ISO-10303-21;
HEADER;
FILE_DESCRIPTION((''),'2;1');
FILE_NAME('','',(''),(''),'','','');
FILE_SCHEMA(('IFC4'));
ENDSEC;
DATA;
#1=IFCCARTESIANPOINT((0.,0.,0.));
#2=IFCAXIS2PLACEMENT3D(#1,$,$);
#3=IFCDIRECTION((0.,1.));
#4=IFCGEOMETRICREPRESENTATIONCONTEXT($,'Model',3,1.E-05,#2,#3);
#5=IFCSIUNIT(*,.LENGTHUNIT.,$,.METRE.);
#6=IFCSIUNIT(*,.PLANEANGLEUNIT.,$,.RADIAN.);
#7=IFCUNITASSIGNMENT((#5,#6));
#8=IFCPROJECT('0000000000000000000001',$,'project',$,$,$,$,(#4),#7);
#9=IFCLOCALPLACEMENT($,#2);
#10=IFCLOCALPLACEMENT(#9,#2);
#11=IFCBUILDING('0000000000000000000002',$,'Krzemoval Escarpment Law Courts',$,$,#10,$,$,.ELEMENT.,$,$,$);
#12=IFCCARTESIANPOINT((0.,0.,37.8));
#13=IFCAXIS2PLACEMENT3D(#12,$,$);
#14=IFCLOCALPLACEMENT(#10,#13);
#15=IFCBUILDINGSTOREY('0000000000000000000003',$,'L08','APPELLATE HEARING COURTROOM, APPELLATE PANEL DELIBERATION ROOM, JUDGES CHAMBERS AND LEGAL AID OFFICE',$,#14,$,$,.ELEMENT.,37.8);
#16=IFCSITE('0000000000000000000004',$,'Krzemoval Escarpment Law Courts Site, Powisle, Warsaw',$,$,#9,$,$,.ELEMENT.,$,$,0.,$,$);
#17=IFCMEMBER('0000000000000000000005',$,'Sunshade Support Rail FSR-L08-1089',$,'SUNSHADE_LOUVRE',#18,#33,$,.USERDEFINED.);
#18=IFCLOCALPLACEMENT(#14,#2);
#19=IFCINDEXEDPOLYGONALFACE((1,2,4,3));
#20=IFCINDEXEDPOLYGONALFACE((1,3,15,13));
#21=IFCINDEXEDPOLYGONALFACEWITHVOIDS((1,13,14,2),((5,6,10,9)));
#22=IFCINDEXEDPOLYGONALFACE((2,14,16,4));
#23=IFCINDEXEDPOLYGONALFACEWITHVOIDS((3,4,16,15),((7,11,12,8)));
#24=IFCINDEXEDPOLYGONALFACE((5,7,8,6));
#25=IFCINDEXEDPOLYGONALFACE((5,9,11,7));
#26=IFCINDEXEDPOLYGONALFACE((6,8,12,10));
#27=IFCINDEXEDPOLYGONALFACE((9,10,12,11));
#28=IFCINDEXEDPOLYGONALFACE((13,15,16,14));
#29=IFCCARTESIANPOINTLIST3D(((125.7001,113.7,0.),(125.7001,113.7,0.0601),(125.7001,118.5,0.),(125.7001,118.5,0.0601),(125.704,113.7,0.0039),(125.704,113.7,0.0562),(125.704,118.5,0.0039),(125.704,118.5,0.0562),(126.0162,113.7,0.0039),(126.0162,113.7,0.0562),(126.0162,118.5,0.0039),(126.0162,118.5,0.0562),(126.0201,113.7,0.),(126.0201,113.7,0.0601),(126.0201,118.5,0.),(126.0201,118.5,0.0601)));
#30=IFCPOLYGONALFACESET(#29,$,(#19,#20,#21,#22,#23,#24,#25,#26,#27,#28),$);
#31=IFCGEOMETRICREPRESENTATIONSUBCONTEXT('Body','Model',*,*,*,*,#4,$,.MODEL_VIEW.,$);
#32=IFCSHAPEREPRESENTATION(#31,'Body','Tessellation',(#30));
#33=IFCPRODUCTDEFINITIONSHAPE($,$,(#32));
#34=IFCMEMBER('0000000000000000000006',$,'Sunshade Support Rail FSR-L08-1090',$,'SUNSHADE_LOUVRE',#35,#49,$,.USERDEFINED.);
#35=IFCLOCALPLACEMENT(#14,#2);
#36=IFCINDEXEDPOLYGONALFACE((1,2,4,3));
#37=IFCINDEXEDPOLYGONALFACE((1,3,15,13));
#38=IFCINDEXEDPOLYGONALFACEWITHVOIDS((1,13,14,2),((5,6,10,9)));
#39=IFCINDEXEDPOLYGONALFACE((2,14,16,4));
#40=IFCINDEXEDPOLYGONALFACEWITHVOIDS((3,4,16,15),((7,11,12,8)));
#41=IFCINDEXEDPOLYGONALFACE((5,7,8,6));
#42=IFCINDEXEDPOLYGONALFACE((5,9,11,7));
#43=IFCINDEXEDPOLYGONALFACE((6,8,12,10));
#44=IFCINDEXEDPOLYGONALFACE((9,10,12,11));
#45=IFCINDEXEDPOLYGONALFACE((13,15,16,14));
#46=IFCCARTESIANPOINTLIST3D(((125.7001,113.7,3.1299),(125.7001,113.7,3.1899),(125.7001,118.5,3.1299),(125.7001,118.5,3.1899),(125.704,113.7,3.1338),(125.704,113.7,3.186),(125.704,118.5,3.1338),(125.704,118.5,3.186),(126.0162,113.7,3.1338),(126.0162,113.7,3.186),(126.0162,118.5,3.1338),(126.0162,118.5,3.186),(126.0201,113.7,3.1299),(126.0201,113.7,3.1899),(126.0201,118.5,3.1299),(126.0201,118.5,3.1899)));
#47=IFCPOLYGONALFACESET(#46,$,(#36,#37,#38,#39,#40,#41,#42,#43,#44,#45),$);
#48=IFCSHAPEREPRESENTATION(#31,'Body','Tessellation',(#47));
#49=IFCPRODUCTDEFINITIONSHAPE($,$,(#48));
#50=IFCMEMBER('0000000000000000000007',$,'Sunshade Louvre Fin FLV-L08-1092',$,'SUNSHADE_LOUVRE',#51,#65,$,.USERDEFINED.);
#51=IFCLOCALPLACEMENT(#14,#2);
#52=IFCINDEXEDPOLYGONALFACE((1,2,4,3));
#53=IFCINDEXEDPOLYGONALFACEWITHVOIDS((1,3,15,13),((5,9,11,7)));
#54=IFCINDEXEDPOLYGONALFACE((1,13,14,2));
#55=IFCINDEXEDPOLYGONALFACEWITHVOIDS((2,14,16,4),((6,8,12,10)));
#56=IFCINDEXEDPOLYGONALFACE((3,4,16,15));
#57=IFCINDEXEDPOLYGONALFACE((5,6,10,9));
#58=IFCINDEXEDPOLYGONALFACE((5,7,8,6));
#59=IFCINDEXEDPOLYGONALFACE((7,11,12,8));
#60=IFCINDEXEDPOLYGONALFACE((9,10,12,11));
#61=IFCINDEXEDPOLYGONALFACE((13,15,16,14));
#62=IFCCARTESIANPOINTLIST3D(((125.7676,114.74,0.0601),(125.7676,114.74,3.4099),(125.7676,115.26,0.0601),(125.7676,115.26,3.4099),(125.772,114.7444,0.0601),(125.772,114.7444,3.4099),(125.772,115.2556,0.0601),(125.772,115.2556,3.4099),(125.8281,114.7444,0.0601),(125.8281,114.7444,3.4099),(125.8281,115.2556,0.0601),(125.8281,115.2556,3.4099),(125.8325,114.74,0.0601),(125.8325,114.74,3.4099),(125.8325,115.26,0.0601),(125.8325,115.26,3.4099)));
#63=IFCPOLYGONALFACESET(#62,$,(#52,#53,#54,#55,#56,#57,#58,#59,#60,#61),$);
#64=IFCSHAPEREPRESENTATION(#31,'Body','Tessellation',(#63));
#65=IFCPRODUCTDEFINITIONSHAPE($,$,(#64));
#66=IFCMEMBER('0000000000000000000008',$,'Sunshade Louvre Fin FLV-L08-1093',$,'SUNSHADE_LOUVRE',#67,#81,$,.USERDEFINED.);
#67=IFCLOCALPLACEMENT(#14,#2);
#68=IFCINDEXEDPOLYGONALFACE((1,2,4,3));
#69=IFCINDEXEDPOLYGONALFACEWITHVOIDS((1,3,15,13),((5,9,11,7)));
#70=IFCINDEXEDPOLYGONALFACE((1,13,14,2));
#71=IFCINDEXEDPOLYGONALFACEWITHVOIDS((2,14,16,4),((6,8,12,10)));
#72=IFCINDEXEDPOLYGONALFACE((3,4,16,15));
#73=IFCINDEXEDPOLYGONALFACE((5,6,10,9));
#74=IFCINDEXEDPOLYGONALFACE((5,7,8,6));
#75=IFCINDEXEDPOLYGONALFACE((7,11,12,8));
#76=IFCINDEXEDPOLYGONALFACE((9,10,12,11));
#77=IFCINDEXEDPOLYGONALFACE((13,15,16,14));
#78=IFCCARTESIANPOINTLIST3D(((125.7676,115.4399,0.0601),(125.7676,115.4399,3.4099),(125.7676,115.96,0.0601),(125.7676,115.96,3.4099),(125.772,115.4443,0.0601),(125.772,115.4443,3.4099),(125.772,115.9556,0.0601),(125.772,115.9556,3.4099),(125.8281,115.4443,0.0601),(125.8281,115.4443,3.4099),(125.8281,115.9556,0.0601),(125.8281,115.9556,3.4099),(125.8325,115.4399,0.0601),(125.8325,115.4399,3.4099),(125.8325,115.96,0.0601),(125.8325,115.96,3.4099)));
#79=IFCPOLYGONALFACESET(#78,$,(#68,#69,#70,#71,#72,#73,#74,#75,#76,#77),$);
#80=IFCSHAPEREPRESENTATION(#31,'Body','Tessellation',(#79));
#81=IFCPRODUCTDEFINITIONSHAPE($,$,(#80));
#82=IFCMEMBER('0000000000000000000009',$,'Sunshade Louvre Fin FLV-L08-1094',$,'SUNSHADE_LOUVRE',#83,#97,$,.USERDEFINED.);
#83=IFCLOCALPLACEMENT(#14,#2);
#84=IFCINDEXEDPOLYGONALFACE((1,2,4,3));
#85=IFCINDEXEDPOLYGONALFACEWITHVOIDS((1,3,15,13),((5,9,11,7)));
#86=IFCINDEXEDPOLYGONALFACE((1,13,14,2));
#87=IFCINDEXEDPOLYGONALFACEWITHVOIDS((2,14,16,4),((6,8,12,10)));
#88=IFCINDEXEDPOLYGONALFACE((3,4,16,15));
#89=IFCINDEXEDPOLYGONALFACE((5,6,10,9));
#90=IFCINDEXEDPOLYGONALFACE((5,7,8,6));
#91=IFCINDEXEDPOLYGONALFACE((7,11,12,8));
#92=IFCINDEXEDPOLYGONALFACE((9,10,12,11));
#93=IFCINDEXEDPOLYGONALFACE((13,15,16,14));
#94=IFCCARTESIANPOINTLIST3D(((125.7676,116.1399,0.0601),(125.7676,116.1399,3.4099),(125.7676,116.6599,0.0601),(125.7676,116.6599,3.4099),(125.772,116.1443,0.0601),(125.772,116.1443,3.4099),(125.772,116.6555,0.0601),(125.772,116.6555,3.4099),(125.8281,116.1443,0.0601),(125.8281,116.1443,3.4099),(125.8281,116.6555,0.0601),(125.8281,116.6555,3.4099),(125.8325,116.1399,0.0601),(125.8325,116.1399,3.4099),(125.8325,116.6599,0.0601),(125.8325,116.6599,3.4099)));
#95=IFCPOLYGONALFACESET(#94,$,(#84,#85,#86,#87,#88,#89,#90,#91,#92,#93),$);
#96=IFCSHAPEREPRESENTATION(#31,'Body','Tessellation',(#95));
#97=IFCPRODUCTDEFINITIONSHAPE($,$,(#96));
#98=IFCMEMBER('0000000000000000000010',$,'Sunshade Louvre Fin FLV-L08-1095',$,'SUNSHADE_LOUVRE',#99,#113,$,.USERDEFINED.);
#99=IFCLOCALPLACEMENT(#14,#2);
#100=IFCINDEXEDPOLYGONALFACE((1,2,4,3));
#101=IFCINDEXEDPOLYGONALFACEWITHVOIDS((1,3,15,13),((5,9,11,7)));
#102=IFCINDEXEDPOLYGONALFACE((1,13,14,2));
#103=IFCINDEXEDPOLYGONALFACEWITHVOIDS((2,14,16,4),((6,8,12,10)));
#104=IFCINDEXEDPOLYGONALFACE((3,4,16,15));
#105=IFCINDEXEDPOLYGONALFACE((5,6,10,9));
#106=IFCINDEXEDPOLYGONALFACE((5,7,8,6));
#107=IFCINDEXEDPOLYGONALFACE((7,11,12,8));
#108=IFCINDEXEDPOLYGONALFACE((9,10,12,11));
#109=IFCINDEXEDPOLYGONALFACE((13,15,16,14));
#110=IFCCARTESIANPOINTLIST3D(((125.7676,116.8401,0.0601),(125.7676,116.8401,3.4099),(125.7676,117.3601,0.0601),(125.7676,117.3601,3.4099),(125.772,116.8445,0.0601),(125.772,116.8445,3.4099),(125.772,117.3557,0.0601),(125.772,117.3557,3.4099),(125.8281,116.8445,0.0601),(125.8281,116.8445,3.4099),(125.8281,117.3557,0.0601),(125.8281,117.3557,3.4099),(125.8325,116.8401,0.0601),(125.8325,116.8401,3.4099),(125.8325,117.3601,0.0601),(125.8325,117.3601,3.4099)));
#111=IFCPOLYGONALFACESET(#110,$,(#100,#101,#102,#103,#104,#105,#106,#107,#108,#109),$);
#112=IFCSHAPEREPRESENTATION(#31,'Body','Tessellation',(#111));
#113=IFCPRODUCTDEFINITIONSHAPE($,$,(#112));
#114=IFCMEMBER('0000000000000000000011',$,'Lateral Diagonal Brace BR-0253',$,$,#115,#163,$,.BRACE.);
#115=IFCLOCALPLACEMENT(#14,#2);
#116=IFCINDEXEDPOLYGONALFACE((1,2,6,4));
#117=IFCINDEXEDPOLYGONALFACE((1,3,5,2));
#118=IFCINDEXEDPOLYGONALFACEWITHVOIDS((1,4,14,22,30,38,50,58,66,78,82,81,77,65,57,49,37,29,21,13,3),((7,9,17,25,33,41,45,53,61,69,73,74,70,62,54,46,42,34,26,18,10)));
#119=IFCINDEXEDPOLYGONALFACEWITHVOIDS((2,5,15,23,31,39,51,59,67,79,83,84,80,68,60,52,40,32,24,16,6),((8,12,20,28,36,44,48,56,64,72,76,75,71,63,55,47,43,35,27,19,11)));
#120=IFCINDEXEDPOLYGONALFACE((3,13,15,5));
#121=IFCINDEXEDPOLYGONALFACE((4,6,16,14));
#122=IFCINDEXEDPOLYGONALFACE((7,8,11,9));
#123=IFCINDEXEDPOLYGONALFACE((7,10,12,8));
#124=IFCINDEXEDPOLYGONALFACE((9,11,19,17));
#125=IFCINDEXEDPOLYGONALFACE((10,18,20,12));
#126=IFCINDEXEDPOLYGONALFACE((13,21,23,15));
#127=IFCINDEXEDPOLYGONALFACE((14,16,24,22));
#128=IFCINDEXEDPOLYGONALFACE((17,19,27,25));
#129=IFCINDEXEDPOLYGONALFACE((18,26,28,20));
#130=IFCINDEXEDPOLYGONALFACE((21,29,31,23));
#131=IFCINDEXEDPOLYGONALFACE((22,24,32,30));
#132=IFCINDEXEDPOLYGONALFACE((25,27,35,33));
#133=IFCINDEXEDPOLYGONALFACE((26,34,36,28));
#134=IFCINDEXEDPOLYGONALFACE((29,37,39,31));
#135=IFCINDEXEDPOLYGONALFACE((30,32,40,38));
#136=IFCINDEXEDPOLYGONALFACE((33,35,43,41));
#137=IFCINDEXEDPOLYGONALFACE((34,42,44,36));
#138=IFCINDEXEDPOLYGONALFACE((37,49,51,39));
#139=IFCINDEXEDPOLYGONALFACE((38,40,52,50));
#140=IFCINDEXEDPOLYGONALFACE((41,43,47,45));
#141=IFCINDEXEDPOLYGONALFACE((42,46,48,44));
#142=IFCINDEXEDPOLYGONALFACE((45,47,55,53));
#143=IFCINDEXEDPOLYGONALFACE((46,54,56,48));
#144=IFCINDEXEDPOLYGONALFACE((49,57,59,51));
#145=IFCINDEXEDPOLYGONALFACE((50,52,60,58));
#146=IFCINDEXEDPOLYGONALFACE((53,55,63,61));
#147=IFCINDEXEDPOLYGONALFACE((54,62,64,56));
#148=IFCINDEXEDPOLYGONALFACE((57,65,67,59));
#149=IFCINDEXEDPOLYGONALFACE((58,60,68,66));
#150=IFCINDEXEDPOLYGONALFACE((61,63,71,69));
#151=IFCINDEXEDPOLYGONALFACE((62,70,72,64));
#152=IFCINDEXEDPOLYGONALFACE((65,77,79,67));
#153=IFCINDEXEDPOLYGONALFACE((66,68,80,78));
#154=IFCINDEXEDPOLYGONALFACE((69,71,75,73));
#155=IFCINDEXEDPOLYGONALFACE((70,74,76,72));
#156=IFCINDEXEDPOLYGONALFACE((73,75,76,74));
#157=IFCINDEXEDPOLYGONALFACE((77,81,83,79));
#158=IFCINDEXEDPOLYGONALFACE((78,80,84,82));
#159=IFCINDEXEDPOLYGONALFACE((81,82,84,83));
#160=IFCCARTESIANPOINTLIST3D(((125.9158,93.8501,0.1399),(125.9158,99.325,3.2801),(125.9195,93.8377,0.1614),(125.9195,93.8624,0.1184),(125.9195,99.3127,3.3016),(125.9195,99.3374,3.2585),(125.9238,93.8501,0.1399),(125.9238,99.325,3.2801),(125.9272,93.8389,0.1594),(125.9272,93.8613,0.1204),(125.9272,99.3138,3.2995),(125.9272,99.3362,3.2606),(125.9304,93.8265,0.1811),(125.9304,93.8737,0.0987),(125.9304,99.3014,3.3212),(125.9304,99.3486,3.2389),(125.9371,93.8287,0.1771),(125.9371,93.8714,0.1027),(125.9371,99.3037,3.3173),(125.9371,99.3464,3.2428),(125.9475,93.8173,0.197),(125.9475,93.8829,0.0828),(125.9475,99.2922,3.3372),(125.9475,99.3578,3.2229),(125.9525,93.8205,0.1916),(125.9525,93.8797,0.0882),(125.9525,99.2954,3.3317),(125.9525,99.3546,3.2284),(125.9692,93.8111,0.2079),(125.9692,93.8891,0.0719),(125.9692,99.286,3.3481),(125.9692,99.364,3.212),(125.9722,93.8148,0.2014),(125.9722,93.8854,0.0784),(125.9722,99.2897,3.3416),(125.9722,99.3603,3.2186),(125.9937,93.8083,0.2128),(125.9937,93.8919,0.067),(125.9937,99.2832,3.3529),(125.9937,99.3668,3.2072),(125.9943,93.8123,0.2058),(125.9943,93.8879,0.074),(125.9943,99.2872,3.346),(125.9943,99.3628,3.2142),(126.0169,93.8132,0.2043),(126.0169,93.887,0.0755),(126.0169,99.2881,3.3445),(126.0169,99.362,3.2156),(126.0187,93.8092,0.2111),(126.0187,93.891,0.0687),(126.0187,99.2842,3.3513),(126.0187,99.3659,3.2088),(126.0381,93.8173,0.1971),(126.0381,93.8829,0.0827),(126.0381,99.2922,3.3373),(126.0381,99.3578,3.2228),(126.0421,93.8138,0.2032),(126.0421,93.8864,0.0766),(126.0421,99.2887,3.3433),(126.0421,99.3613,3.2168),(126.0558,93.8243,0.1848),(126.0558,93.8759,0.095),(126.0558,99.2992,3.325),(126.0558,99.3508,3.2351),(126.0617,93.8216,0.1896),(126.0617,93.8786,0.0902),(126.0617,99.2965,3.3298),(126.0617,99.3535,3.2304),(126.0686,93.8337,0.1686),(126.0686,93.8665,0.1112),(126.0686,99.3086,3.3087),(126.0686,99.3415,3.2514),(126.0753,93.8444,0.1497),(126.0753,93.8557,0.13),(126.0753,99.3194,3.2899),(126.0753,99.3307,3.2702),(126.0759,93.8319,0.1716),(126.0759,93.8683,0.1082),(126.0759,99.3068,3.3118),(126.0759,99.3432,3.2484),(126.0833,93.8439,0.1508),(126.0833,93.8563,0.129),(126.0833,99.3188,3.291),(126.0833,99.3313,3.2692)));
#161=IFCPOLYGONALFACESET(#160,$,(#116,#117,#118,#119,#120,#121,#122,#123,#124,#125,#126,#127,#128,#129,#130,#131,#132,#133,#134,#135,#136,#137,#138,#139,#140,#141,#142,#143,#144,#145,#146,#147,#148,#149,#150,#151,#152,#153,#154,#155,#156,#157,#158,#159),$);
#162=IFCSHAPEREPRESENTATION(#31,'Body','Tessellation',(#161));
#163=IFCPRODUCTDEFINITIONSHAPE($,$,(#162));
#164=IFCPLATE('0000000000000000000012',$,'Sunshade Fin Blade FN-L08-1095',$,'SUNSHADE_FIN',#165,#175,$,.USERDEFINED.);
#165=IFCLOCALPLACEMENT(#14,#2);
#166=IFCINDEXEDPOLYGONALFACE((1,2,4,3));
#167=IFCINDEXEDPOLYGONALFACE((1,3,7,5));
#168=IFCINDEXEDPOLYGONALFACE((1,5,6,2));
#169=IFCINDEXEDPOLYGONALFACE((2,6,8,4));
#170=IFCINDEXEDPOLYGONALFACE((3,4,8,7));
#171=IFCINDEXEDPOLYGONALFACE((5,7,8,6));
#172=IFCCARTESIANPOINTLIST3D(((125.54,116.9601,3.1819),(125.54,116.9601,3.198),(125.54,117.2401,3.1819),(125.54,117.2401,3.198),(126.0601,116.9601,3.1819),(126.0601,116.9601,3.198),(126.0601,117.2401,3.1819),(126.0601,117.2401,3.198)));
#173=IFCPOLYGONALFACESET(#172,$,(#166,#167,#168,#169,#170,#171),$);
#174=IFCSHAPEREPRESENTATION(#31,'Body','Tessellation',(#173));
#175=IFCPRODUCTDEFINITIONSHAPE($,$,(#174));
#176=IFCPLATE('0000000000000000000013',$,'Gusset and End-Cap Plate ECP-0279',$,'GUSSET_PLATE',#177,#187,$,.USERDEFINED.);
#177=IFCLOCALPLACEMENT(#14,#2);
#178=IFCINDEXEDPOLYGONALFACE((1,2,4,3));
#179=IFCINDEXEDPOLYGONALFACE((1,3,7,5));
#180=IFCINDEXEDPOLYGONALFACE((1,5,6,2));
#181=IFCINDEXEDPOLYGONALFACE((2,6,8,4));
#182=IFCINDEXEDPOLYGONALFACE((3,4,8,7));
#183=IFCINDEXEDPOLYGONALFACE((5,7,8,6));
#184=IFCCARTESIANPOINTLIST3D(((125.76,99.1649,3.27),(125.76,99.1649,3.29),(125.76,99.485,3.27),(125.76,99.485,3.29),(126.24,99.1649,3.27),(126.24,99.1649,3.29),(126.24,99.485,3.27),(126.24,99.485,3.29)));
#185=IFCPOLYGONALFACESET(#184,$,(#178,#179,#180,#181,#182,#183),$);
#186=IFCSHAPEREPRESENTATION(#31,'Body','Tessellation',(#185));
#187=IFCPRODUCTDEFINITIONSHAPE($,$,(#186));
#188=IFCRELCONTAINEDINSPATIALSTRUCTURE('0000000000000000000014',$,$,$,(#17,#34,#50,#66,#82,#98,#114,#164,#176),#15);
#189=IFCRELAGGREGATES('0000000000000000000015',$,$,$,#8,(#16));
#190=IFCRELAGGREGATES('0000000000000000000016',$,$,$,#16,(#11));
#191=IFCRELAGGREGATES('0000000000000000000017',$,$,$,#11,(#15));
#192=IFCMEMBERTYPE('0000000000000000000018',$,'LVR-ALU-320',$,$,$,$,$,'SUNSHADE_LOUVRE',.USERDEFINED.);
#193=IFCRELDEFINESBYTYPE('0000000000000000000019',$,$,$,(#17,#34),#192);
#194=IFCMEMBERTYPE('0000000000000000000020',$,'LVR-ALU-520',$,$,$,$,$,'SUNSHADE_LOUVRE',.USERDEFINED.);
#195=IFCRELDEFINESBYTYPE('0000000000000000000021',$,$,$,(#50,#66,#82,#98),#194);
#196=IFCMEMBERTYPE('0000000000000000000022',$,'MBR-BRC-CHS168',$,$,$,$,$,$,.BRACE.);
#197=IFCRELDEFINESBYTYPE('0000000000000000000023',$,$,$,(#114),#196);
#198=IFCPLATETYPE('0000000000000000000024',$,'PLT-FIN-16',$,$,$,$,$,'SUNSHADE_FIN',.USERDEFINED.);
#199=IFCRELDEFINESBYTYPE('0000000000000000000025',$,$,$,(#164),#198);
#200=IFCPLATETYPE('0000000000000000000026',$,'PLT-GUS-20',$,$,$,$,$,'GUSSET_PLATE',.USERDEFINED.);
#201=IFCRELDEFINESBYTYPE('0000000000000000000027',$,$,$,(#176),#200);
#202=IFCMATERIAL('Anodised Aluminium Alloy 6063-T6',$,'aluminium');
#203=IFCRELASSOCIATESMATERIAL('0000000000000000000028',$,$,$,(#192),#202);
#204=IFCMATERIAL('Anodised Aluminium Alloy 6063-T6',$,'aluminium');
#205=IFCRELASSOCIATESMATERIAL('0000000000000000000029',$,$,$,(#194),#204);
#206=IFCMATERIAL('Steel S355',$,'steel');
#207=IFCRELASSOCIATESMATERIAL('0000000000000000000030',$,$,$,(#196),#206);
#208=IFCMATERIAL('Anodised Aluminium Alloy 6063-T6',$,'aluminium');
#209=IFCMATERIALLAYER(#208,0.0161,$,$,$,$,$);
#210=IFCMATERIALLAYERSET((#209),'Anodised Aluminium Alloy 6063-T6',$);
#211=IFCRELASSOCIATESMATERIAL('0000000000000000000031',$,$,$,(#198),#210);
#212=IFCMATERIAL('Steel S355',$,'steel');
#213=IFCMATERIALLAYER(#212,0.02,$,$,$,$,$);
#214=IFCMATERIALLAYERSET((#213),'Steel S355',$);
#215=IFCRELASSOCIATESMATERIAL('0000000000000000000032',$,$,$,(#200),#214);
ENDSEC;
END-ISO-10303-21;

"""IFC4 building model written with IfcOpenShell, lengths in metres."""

from ifc_helpers import new_model, si_unit, direction, frame, origin, origin_2d, place, context, subcontext, project, spatial, rectangle, hollow_rectangle, hollow_circle, extrude, material, layer, layer_set, material_profile, profile_set, type_object, element, save


model = new_model("IFC4")

# Units and contexts
model_context = context("Model", 3, precision=1e-05, world=origin(), true_north=direction((0.0, 1.0)))
body_context = subcontext(model_context, "Body", "Model", "MODEL_VIEW")
ifc_project = project(units=[si_unit("LENGTHUNIT", "METRE"), si_unit("PLANEANGLEUNIT", "RADIAN")], contexts=[model_context])

# Site, building, storey
site_placement = place(None, origin())
site = spatial("IfcSite", under=ifc_project, at=site_placement, Name="Krzemoval Escarpment Law Courts Site, Powisle, Warsaw", CompositionType="ELEMENT", RefElevation=0.0)
building_placement = place(site_placement, origin())
building = spatial("IfcBuilding", under=site, at=building_placement, Name="Krzemoval Escarpment Law Courts", CompositionType="ELEMENT")
storey_placement = place(building_placement, frame((0.0, 0.0, 37.8)))
storey = spatial("IfcBuildingStorey", under=building, at=storey_placement, Name="L08", Description="APPELLATE HEARING COURTROOM, APPELLATE PANEL DELIBERATION ROOM, JUDGES CHAMBERS AND LEGAL AID OFFICE", CompositionType="ELEMENT", Elevation=37.8)

# Members
ifc_material_1 = material(Name="Anodised Aluminium Alloy 6063-T6", Category="aluminium")
ifc_material_profile_1 = material_profile(ifc_material_1, hollow_rectangle(XDim=0.0601, YDim=0.3201, WallThickness=0.0039, at=origin_2d()), Name="ALU LVR 60x320")
ifc_profile_set_1 = profile_set([ifc_material_profile_1], Name="Anodised Aluminium Alloy 6063-T6")
member_type_1 = type_object("IfcMemberType", Name="LVR-ALU-320", ElementType="SUNSHADE_LOUVRE", PredefinedType="USERDEFINED", material=ifc_profile_set_1)
for number, where, z_axis, x_axis, name in (
    (1, (125.8601, 113.7, 0.03), (0.0, 1.0, 0.0), (0.0, 0.0, 1.0), "Sunshade Support Rail FSR-L08-1089"),
    (2, (125.8601, 113.7, 3.1599), (0.0, 1.0, 0.0), (0.0, 0.0, 1.0), "Sunshade Support Rail FSR-L08-1090"),
):
    element("IfcMember", number, at=place(storey_placement, frame(where, z_axis=z_axis, x_axis=x_axis)), inside=storey, type_object=member_type_1, Name=name, ObjectType="SUNSHADE_LOUVRE", PredefinedType="USERDEFINED", context=body_context, shape_type="SweptSolid", body=[
        extrude(hollow_rectangle(XDim=0.0601, YDim=0.3201, WallThickness=0.0039, at=origin_2d()), origin(), (0.0, 0.0, 1.0), 4.8),
    ])
ifc_material_2 = material(Name="Anodised Aluminium Alloy 6063-T6", Category="aluminium")
ifc_material_profile_2 = material_profile(ifc_material_2, hollow_rectangle(XDim=0.0649, YDim=0.52, WallThickness=0.0044, at=origin_2d()), Name="ALU LVR 65x520")
ifc_profile_set_2 = profile_set([ifc_material_profile_2], Name="Anodised Aluminium Alloy 6063-T6")
member_type_2 = type_object("IfcMemberType", Name="LVR-ALU-520", ElementType="SUNSHADE_LOUVRE", PredefinedType="USERDEFINED", material=ifc_profile_set_2)
for number, where, z_axis, x_axis, name in (
    (3, (125.8, 115.0, 0.0601), (0.0, 0.0, 1.0), (1.0, 0.0, 0.0), "Sunshade Louvre Fin FLV-L08-1092"),
    (4, (125.8, 115.7, 0.0601), (0.0, 0.0, 1.0), (1.0, 0.0, 0.0), "Sunshade Louvre Fin FLV-L08-1093"),
    (5, (125.8, 116.3999, 0.0601), (0.0, 0.0, 1.0), (1.0, 0.0, 0.0), "Sunshade Louvre Fin FLV-L08-1094"),
    (6, (125.8, 117.1001, 0.0601), (0.0, 0.0, 1.0), (1.0, 0.0, 0.0), "Sunshade Louvre Fin FLV-L08-1095"),
):
    element("IfcMember", number, at=place(storey_placement, frame(where, z_axis=z_axis, x_axis=x_axis)), inside=storey, type_object=member_type_2, Name=name, ObjectType="SUNSHADE_LOUVRE", PredefinedType="USERDEFINED", context=body_context, shape_type="SweptSolid", body=[
        extrude(hollow_rectangle(XDim=0.0649, YDim=0.52, WallThickness=0.0044, at=origin_2d()), origin(), (0.0, 0.0, 1.0), 3.3499),
    ])
ifc_material_3 = material(Name="Steel S355", Category="steel")
ifc_material_profile_3 = material_profile(ifc_material_3, hollow_circle(Radius=0.0842, WallThickness=0.0081, at=origin_2d()), Name="CHS 168.3x8")
ifc_profile_set_3 = profile_set([ifc_material_profile_3], Name="Steel S355")
member_type_3 = type_object("IfcMemberType", Name="MBR-BRC-CHS168", PredefinedType="BRACE", material=ifc_profile_set_3)
member_1_placement = place(storey_placement, frame((126.0, 93.8501, 0.1399), z_axis=(0.0, 0.867447, 0.49753), x_axis=(-1.0, 0.0, 0.0)))
element("IfcMember", 7, at=member_1_placement, inside=storey, type_object=member_type_3, Name="Lateral Diagonal Brace BR-0253", PredefinedType="BRACE", context=body_context, shape_type="SweptSolid", body=[
    extrude(hollow_circle(Radius=0.0842, WallThickness=0.0081, at=origin_2d()), origin(), (0.0, 0.0, 1.0), 6.3115),
])

# Plates
ifc_material_4 = material(Name="Anodised Aluminium Alloy 6063-T6", Category="aluminium")
ifc_layer_1 = layer(ifc_material_4, 0.0161)
ifc_layer_set_1 = layer_set([ifc_layer_1], Name="Anodised Aluminium Alloy 6063-T6")
plate_type_1 = type_object("IfcPlateType", Name="PLT-FIN-16", ElementType="SUNSHADE_FIN", PredefinedType="USERDEFINED", material=ifc_layer_set_1)
plate_1_placement = place(storey_placement, frame((125.8, 117.1001, 3.1819), z_axis=(0.0, 0.0, 1.0), x_axis=(-1.0, 0.0, 0.0)))
element("IfcPlate", 8, at=plate_1_placement, inside=storey, type_object=plate_type_1, Name="Sunshade Fin Blade FN-L08-1095", ObjectType="SUNSHADE_FIN", PredefinedType="USERDEFINED", context=body_context, shape_type="SweptSolid", body=[
    extrude(rectangle(XDim=0.52, YDim=0.28, at=origin_2d()), origin(), (0.0, 0.0, 1.0), 0.0161),
])
ifc_material_5 = material(Name="Steel S355", Category="steel")
ifc_layer_2 = layer(ifc_material_5, 0.02)
ifc_layer_set_2 = layer_set([ifc_layer_2], Name="Steel S355")
plate_type_2 = type_object("IfcPlateType", Name="PLT-GUS-20", ElementType="GUSSET_PLATE", PredefinedType="USERDEFINED", material=ifc_layer_set_2)
plate_2_placement = place(storey_placement, frame((126.0, 99.325, 3.27), z_axis=(0.0, 0.0, 1.0), x_axis=(1.0, 0.0, 0.0)))
element("IfcPlate", 9, at=plate_2_placement, inside=storey, type_object=plate_type_2, Name="Gusset and End-Cap Plate ECP-0279", ObjectType="GUSSET_PLATE", PredefinedType="USERDEFINED", context=body_context, shape_type="SweptSolid", body=[
    extrude(rectangle(XDim=0.48, YDim=0.3201, at=origin_2d()), origin(), (0.0, 0.0, 1.0), 0.02),
])

save(model, "model.ifc")
